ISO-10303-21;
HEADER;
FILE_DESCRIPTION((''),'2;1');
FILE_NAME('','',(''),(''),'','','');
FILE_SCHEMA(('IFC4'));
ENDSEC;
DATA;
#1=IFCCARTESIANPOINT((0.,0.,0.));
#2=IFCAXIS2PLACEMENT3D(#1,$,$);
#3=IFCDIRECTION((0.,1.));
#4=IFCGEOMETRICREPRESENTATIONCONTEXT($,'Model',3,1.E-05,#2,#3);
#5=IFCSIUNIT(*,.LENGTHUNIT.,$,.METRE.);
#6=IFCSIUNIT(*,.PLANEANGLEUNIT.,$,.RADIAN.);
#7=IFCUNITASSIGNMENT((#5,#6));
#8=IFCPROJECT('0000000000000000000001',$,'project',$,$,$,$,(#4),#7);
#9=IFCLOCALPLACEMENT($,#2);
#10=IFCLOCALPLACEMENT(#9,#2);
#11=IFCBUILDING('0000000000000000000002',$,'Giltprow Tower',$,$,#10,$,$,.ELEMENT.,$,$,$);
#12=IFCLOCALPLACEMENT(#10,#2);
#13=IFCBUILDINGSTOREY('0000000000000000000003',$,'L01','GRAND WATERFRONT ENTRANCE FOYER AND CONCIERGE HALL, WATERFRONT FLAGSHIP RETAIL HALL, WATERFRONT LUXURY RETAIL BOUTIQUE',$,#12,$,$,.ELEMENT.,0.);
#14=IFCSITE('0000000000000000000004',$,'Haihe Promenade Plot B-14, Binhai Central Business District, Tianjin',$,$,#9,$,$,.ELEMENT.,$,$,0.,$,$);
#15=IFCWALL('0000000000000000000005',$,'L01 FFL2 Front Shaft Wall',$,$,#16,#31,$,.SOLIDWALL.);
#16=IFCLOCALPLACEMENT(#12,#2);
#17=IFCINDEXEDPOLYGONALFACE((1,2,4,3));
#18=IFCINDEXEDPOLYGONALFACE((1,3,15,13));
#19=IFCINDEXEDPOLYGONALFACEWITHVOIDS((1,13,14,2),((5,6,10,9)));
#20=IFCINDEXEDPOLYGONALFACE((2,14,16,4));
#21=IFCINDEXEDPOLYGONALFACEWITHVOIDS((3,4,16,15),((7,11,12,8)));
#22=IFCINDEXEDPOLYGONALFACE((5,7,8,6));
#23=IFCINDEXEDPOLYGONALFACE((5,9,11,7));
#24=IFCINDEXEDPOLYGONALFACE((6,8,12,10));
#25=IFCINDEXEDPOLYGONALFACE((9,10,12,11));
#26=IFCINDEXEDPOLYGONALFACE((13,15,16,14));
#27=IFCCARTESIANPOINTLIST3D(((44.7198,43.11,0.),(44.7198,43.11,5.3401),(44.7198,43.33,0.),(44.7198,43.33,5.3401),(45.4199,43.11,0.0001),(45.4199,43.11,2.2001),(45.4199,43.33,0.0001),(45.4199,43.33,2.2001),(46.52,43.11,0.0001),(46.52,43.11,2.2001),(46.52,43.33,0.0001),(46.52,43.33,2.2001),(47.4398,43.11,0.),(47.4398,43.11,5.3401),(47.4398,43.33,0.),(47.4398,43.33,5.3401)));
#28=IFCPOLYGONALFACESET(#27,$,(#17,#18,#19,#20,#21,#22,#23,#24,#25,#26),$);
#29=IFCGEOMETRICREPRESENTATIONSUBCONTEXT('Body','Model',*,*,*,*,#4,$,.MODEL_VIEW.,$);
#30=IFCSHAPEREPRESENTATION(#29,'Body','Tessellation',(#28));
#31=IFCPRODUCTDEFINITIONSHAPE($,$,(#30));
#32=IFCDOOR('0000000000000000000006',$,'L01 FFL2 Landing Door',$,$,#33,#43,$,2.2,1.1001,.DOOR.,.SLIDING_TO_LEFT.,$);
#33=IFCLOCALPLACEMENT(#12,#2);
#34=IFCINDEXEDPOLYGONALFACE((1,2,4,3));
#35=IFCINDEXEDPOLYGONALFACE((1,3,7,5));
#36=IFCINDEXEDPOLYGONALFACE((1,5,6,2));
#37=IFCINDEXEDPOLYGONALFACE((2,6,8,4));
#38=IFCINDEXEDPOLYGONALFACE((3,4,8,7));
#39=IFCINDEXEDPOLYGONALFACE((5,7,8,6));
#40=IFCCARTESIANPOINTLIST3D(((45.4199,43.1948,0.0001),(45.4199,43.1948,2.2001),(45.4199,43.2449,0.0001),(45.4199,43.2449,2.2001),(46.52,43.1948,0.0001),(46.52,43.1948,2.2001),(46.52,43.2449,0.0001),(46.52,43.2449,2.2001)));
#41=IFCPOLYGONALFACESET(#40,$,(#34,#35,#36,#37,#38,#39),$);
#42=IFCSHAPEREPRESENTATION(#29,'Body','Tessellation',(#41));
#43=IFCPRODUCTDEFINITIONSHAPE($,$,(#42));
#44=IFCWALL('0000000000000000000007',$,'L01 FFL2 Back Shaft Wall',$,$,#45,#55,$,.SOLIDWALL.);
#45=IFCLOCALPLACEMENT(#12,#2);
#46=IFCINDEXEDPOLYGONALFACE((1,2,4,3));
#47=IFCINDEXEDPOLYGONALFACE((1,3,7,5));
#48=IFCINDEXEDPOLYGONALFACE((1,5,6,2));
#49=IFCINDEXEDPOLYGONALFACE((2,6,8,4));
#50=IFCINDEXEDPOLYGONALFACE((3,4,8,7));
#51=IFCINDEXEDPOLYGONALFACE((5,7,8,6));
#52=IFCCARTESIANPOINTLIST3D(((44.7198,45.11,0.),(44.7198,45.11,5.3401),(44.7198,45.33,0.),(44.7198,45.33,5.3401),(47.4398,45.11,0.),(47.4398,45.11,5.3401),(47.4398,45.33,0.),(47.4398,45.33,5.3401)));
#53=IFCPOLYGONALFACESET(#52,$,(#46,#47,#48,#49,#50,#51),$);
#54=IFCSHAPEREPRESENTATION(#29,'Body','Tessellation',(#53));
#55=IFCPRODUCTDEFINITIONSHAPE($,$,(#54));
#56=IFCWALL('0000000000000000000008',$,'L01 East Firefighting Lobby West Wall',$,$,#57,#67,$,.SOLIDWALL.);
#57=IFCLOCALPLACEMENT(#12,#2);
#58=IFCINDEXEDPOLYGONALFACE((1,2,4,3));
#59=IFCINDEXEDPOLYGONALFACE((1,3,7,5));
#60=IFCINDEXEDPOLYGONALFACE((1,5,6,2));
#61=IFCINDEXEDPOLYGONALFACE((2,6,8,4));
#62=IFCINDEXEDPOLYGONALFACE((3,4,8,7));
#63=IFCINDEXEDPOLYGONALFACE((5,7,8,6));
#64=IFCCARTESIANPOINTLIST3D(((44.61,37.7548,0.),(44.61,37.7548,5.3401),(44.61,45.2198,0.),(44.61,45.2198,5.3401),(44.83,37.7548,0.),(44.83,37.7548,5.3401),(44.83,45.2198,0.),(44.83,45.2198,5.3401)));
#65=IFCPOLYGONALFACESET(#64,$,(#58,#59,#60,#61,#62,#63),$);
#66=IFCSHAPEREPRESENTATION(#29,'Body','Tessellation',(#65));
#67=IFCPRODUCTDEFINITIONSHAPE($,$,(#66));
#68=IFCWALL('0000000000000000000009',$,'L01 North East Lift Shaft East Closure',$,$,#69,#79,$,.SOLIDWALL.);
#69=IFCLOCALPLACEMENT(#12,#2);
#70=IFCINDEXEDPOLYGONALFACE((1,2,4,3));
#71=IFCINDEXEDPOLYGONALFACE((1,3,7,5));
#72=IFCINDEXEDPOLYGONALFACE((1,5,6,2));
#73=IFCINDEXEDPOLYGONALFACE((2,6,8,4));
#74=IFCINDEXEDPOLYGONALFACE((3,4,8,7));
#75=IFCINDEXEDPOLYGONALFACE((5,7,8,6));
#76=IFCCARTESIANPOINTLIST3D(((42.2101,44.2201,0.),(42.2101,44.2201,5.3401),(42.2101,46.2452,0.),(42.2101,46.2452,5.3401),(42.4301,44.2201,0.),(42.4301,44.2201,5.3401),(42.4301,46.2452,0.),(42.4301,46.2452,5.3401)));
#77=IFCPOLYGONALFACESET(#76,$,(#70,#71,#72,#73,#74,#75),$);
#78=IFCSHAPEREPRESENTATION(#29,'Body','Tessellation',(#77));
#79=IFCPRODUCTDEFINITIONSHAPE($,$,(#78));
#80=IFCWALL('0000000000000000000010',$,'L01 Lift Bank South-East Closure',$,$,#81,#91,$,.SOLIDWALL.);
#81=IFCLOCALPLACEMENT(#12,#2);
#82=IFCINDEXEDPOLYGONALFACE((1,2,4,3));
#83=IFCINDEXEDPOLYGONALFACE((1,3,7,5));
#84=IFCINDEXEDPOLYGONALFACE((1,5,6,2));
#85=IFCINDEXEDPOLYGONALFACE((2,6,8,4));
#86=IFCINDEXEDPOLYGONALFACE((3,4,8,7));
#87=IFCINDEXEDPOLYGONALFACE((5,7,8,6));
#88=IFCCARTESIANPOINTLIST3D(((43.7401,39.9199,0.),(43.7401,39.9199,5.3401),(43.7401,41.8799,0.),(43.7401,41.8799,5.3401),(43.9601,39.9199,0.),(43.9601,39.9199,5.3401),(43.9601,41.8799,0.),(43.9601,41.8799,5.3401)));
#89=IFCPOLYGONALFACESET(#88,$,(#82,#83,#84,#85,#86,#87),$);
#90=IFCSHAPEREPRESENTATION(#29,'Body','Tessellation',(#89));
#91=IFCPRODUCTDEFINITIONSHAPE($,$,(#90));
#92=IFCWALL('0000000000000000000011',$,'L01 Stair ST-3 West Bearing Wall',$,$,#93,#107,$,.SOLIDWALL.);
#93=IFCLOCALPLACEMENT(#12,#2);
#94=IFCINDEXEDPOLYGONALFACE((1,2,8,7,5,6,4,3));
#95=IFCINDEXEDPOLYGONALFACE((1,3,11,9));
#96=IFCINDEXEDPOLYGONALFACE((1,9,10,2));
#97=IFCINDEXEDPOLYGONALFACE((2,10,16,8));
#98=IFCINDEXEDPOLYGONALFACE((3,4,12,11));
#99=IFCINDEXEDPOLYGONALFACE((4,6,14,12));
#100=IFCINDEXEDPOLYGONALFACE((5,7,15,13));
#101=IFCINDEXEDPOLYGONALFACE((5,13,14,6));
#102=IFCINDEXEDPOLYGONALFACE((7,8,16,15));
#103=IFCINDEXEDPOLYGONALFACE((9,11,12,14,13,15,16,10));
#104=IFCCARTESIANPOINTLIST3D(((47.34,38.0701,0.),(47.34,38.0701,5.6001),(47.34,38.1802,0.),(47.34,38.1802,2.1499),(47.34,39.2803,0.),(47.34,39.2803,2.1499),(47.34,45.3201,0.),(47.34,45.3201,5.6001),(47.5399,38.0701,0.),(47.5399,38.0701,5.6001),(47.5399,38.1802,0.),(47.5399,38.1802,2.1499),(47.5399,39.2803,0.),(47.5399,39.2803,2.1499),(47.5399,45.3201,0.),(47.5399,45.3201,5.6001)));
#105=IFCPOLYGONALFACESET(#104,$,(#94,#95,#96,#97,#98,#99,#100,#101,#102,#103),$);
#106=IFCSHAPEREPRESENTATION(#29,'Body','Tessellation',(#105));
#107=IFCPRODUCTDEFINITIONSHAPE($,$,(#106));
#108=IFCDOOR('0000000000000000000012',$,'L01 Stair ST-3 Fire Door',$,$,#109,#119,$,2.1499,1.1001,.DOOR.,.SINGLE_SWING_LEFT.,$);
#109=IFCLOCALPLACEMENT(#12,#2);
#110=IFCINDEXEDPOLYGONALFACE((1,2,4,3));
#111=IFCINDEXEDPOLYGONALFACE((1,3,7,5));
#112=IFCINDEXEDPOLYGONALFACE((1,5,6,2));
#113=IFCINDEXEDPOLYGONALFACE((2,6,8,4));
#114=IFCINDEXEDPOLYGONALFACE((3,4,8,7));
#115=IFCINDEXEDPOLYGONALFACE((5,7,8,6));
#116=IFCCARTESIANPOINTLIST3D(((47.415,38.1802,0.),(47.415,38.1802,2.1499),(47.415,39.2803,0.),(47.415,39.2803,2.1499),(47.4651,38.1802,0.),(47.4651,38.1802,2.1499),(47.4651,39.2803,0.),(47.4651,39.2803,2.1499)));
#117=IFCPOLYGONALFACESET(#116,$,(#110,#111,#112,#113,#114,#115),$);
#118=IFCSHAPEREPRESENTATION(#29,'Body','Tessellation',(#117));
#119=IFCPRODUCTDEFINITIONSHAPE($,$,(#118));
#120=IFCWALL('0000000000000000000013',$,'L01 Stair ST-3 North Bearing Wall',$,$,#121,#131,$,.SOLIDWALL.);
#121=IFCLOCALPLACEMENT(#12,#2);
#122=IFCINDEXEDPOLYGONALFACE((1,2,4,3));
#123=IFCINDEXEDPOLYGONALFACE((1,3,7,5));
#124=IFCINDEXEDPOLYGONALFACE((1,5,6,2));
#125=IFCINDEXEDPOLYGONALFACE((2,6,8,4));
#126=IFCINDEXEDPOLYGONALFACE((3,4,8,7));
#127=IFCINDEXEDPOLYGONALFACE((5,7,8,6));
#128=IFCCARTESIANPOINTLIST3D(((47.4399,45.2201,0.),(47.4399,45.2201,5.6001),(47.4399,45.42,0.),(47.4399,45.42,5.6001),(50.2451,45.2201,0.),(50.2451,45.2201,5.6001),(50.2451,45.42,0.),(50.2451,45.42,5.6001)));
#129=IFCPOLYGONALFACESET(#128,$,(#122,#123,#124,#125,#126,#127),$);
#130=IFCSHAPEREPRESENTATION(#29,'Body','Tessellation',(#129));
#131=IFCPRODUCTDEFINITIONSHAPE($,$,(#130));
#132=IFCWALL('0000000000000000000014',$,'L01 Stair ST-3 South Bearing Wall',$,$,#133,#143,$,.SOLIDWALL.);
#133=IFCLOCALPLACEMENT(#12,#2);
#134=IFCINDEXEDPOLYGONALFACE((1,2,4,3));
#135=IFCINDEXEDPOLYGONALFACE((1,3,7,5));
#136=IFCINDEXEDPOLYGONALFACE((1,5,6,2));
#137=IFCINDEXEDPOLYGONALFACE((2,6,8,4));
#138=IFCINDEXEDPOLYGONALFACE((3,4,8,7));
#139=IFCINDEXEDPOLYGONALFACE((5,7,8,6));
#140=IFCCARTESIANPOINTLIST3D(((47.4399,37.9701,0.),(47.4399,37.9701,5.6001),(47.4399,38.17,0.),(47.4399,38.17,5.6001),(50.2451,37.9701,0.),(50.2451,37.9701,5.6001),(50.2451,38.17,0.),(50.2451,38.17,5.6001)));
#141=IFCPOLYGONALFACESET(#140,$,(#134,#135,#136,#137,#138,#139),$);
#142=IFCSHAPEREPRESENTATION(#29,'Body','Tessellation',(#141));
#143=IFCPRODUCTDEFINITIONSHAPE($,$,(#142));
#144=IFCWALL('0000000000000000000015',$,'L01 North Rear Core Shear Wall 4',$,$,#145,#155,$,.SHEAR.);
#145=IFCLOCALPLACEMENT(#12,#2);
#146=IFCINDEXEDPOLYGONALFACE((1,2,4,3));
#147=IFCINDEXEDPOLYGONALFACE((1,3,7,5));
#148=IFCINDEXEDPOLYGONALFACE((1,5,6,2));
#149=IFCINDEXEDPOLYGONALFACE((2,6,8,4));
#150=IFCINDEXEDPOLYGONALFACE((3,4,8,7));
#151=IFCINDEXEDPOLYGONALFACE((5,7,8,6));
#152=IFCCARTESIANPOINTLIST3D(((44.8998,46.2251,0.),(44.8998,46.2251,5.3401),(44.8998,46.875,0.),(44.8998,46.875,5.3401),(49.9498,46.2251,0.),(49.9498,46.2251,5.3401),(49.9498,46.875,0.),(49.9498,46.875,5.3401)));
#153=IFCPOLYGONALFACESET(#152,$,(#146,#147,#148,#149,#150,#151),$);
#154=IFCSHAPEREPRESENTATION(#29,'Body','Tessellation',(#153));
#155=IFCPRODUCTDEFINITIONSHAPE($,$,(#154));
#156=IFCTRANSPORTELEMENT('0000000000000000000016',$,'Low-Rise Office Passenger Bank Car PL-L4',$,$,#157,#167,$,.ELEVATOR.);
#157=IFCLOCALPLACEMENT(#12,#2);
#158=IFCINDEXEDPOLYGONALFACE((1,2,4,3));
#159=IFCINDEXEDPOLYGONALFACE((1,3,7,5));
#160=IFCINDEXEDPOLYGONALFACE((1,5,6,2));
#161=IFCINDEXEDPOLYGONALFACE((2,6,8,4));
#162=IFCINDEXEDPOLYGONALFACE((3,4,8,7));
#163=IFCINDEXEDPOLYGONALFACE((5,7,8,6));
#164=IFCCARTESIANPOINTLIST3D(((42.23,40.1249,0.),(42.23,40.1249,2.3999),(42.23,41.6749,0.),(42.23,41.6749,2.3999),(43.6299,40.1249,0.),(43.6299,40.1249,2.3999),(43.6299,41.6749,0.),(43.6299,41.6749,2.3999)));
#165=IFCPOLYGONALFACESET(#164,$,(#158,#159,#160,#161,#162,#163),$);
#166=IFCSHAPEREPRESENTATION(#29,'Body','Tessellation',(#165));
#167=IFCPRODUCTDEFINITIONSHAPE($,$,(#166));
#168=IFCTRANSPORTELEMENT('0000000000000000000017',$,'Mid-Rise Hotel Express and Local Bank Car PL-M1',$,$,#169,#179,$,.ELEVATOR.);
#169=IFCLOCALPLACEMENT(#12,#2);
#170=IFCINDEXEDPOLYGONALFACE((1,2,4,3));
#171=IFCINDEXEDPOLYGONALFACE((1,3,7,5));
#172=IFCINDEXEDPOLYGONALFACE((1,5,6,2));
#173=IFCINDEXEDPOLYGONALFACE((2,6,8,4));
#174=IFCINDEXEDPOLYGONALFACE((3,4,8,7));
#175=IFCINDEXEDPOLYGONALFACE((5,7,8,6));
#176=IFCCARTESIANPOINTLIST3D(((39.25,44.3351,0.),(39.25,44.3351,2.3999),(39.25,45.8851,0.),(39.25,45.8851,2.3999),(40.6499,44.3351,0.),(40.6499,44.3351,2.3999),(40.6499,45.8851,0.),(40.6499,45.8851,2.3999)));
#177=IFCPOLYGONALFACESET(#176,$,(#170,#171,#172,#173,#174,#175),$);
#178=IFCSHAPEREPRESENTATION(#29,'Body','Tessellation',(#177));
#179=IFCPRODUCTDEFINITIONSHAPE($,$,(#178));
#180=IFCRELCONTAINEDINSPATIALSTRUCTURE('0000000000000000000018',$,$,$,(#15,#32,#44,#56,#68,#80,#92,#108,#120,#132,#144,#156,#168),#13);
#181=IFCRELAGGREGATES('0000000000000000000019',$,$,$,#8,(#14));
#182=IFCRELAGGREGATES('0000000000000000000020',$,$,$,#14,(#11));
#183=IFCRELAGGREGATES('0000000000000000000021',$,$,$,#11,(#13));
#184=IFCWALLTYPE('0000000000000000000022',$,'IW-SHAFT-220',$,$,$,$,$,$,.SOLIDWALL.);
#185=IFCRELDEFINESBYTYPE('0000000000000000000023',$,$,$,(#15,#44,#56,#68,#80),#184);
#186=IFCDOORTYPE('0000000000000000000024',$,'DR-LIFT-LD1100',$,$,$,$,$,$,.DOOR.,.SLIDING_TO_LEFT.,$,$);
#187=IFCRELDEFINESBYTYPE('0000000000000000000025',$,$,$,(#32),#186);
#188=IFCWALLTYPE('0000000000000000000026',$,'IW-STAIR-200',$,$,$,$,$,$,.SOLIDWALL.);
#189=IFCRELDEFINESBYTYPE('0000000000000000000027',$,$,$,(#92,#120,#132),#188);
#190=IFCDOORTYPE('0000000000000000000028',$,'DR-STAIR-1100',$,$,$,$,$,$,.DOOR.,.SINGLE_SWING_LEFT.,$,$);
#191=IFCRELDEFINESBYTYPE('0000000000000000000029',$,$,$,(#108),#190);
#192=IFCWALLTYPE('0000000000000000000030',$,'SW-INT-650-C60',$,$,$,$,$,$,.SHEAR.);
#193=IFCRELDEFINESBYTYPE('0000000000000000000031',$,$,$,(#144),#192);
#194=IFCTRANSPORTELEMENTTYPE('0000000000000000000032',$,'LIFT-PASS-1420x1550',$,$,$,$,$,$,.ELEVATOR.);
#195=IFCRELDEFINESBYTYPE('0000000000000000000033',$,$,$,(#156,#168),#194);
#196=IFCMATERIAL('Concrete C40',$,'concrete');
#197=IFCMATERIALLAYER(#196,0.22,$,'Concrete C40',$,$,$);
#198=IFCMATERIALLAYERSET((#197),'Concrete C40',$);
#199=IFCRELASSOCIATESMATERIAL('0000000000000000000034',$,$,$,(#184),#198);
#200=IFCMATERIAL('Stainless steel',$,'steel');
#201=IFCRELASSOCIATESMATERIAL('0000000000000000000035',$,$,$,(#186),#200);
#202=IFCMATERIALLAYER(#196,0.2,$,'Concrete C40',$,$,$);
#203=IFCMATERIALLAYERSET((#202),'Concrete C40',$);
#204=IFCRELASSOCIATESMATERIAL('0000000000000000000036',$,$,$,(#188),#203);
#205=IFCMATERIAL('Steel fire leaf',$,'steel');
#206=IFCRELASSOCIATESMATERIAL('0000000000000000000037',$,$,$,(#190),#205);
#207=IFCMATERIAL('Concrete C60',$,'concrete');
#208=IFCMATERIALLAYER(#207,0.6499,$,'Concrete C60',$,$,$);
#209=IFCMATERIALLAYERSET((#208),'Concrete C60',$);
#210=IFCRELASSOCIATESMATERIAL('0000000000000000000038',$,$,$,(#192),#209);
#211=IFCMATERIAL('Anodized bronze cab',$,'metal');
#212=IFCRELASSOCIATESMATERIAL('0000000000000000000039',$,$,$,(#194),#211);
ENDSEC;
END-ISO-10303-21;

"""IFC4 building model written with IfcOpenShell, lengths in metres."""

from ifc_helpers import new_model, si_unit, direction, frame, frame_2d, origin, origin_2d, place, context, subcontext, project, spatial, rectangle, extrude, source, transform, mapped, material, layer, layer_set, type_object, element, fill, save


model = new_model("IFC4")

# Units and contexts
model_context = context("Model", 3, precision=1e-05, world=origin(), true_north=direction((0.0, 1.0)))
body_context = subcontext(model_context, "Body", "Model", "MODEL_VIEW")
ifc_project = project(units=[si_unit("LENGTHUNIT", "METRE"), si_unit("PLANEANGLEUNIT", "RADIAN")], contexts=[model_context])

# Site, building, storey
site_placement = place(None, origin())
site = spatial("IfcSite", under=ifc_project, at=site_placement, Name="Haihe Promenade Plot B-14, Binhai Central Business District, Tianjin", CompositionType="ELEMENT", RefElevation=0.0)
building_placement = place(site_placement, origin())
building = spatial("IfcBuilding", under=site, at=building_placement, Name="Giltprow Tower", CompositionType="ELEMENT")
storey_placement = place(building_placement, origin())
storey = spatial("IfcBuildingStorey", under=building, at=storey_placement, Name="L01", Description="GRAND WATERFRONT ENTRANCE FOYER AND CONCIERGE HALL, WATERFRONT FLAGSHIP RETAIL HALL, WATERFRONT LUXURY RETAIL BOUTIQUE", CompositionType="ELEMENT", Elevation=0.0)

# Shared definitions
ifc_material_1 = material(Name="Concrete C60", Category="concrete")

# Wall, opening, door
ifc_material_2 = material(Name="Concrete C40", Category="concrete")
ifc_layer_1 = layer(ifc_material_2, 0.22, Name="Concrete C40")
ifc_layer_set_1 = layer_set([ifc_layer_1], Name="Concrete C40")
wall_type_1 = type_object("IfcWallType", Name="IW-SHAFT-220", PredefinedType="SOLIDWALL", material=ifc_layer_set_1)
wall_1_placement = place(storey_placement, frame((44.72, 43.22, 0.0), z_axis=(0.0, 0.0, 1.0), x_axis=(1.0, 0.0, 0.0)))
wall_1 = element("IfcWall", 1, at=wall_1_placement, inside=storey, type_object=wall_type_1, Name="L01 FFL2 Front Shaft Wall", PredefinedType="SOLIDWALL", context=body_context, shape_type="SweptSolid", body=[
    extrude(rectangle(XDim=2.72, YDim=0.22, at=frame_2d((1.3599, 0.0))), origin(), (0.0, 0.0, 1.0), 5.3401),
])
opening_1_placement = place(wall_1_placement, frame((0.7, 0.0, 0.0)))
opening_1 = element("IfcOpeningElement", 2, at=opening_1_placement, cuts=wall_1, PredefinedType="OPENING", context=body_context, shape_type="SweptSolid", body=[
    extrude(rectangle(XDim=1.1001, YDim=2.2, at=frame_2d((0.55, 1.1001))), frame((0.0, 0.1199, 0.0), z_axis=(0.0, -1.0, 0.0), x_axis=(1.0, 0.0, 0.0)), (0.0, 0.0, 1.0), 0.24),
])
ifc_material_3 = material(Name="Stainless steel", Category="steel")
door_type_1 = type_object("IfcDoorType", Name="DR-LIFT-LD1100", OperationType="SLIDING_TO_LEFT", PredefinedType="DOOR", material=ifc_material_3)
shared_shape_1 = source(origin(), body_context, "Body", "SweptSolid", [
    extrude(rectangle(XDim=1.1001, YDim=2.2, at=frame_2d((0.55, 1.1001))), frame((0.0, 0.0249, 0.0), z_axis=(0.0, -1.0, 0.0), x_axis=(1.0, 0.0, 0.0)), (0.0, 0.0, 1.0), 0.05),
])
door_1_placement = place(opening_1_placement, origin())
door_1 = element("IfcDoor", 3, at=door_1_placement, inside=storey, type_object=door_type_1, Name="L01 FFL2 Landing Door", OperationType="SLIDING_TO_LEFT", OverallHeight=2.2, OverallWidth=1.1001, PredefinedType="DOOR", context=body_context, shape_type="MappedRepresentation", body=[
    mapped(shared_shape_1, transform((0.0, 0.0, 0.0), x_axis=(1.0, 0.0, 0.0), y_axis=(0.0, 1.0, 0.0), z_axis=(0.0, 0.0, 1.0), scale=1.0)),
])
fill(opening_1, door_1)

# Walls
wall_2_placement = place(storey_placement, frame((44.72, 45.22, 0.0), z_axis=(0.0, 0.0, 1.0), x_axis=(1.0, 0.0, 0.0)))
element("IfcWall", 4, at=wall_2_placement, inside=storey, type_object=wall_type_1, Name="L01 FFL2 Back Shaft Wall", PredefinedType="SOLIDWALL", context=body_context, shape_type="SweptSolid", body=[
    extrude(rectangle(XDim=2.72, YDim=0.22, at=frame_2d((1.3599, 0.0))), origin(), (0.0, 0.0, 1.0), 5.3401),
])
wall_3_placement = place(storey_placement, frame((44.72, 37.7549, 0.0), z_axis=(0.0, 0.0, 1.0), x_axis=(0.0, 1.0, 0.0)))
element("IfcWall", 5, at=wall_3_placement, inside=storey, type_object=wall_type_1, Name="L01 East Firefighting Lobby West Wall", PredefinedType="SOLIDWALL", context=body_context, shape_type="SweptSolid", body=[
    extrude(rectangle(XDim=7.4651, YDim=0.22, at=frame_2d((3.7324, 0.0))), origin(), (0.0, 0.0, 1.0), 5.3401),
])
wall_4_placement = place(storey_placement, frame((42.3201, 44.22, 0.0), z_axis=(0.0, 0.0, 1.0), x_axis=(0.0, 1.0, 0.0)))
element("IfcWall", 6, at=wall_4_placement, inside=storey, type_object=wall_type_1, Name="L01 North East Lift Shaft East Closure", PredefinedType="SOLIDWALL", context=body_context, shape_type="SweptSolid", body=[
    extrude(rectangle(XDim=2.0251, YDim=0.22, at=frame_2d((1.0127, 0.0))), origin(), (0.0, 0.0, 1.0), 5.3401),
])
wall_5_placement = place(storey_placement, frame((43.8501, 39.9199, 0.0), z_axis=(0.0, 0.0, 1.0), x_axis=(0.0, 1.0, 0.0)))
element("IfcWall", 7, at=wall_5_placement, inside=storey, type_object=wall_type_1, Name="L01 Lift Bank South-East Closure", PredefinedType="SOLIDWALL", context=body_context, shape_type="SweptSolid", body=[
    extrude(rectangle(XDim=1.96, YDim=0.22, at=frame_2d((0.98, 0.0))), origin(), (0.0, 0.0, 1.0), 5.3401),
])

# Wall, opening, door
ifc_layer_2 = layer(ifc_material_2, 0.2, Name="Concrete C40")
ifc_layer_set_2 = layer_set([ifc_layer_2], Name="Concrete C40")
wall_type_2 = type_object("IfcWallType", Name="IW-STAIR-200", PredefinedType="SOLIDWALL", material=ifc_layer_set_2)
wall_6_placement = place(storey_placement, frame((47.4399, 38.0701, 0.0), z_axis=(0.0, 0.0, 1.0), x_axis=(0.0, 1.0, 0.0)))
wall_6 = element("IfcWall", 8, at=wall_6_placement, inside=storey, type_object=wall_type_2, Name="L01 Stair ST-3 West Bearing Wall", PredefinedType="SOLIDWALL", context=body_context, shape_type="SweptSolid", body=[
    extrude(rectangle(XDim=7.25, YDim=0.2, at=frame_2d((3.625, 0.0))), origin(), (0.0, 0.0, 1.0), 5.6001),
])
opening_2_placement = place(wall_6_placement, frame((0.1101, 0.0, 0.0)))
opening_2 = element("IfcOpeningElement", 9, at=opening_2_placement, cuts=wall_6, PredefinedType="OPENING", context=body_context, shape_type="SweptSolid", body=[
    extrude(rectangle(XDim=1.1001, YDim=2.1499, at=frame_2d((0.55, 1.075))), frame((0.0, 0.1099, 0.0), z_axis=(0.0, -1.0, 0.0), x_axis=(1.0, 0.0, 0.0)), (0.0, 0.0, 1.0), 0.22),
])
ifc_material_4 = material(Name="Steel fire leaf", Category="steel")
door_type_2 = type_object("IfcDoorType", Name="DR-STAIR-1100", OperationType="SINGLE_SWING_LEFT", PredefinedType="DOOR", material=ifc_material_4)
shared_shape_2 = source(origin(), body_context, "Body", "SweptSolid", [
    extrude(rectangle(XDim=1.1001, YDim=2.1499, at=frame_2d((0.55, 1.075))), frame((0.0, 0.0249, 0.0), z_axis=(0.0, -1.0, 0.0), x_axis=(1.0, 0.0, 0.0)), (0.0, 0.0, 1.0), 0.05),
])
door_2_placement = place(opening_2_placement, origin())
door_2 = element("IfcDoor", 10, at=door_2_placement, inside=storey, type_object=door_type_2, Name="L01 Stair ST-3 Fire Door", OperationType="SINGLE_SWING_LEFT", OverallHeight=2.1499, OverallWidth=1.1001, PredefinedType="DOOR", context=body_context, shape_type="MappedRepresentation", body=[
    mapped(shared_shape_2, transform((0.0, 0.0, 0.0), x_axis=(1.0, 0.0, 0.0), y_axis=(0.0, 1.0, 0.0), z_axis=(0.0, 0.0, 1.0), scale=1.0)),
])
fill(opening_2, door_2)

# Walls
for number, where, z_axis, x_axis, name in (
    (11, (47.4399, 45.3201, 0.0), (0.0, 0.0, 1.0), (1.0, 0.0, 0.0), "L01 Stair ST-3 North Bearing Wall"),
    (12, (47.4399, 38.0701, 0.0), (0.0, 0.0, 1.0), (1.0, 0.0, 0.0), "L01 Stair ST-3 South Bearing Wall"),
):
    element("IfcWall", number, at=place(storey_placement, frame(where, z_axis=z_axis, x_axis=x_axis)), inside=storey, type_object=wall_type_2, Name=name, PredefinedType="SOLIDWALL", context=body_context, shape_type="SweptSolid", body=[
        extrude(rectangle(XDim=2.8052, YDim=0.2, at=frame_2d((1.4026, 0.0))), origin(), (0.0, 0.0, 1.0), 5.6001),
    ])
ifc_layer_3 = layer(ifc_material_1, 0.6499, Name="Concrete C60")
ifc_layer_set_3 = layer_set([ifc_layer_3], Name="Concrete C60")
wall_type_3 = type_object("IfcWallType", Name="SW-INT-650-C60", PredefinedType="SHEAR", material=ifc_layer_set_3)
wall_7_placement = place(storey_placement, frame((44.8999, 46.55, 0.0), z_axis=(0.0, 0.0, 1.0), x_axis=(1.0, 0.0, 0.0)))
element("IfcWall", 13, at=wall_7_placement, inside=storey, type_object=wall_type_3, Name="L01 North Rear Core Shear Wall 4", PredefinedType="SHEAR", context=body_context, shape_type="SweptSolid", body=[
    extrude(rectangle(XDim=5.05, YDim=0.6499, at=frame_2d((2.5249, 0.0))), origin(), (0.0, 0.0, 1.0), 5.3401),
])

# Transport elements
ifc_material_5 = material(Name="Anodized bronze cab", Category="metal")
transport_element_type = type_object("IfcTransportElementType", Name="LIFT-PASS-1420x1550", PredefinedType="ELEVATOR", material=ifc_material_5)
shared_shape_3 = source(origin(), body_context, "Body", "SweptSolid", [
    extrude(rectangle(XDim=1.3999, YDim=1.55, at=origin_2d()), origin(), (0.0, 0.0, 1.0), 2.3999),
])
for number, where, z_axis, x_axis, name in (
    (14, (42.9299, 40.8999, 0.0), (0.0, 0.0, 1.0), (1.0, 0.0, 0.0), "Low-Rise Office Passenger Bank Car PL-L4"),
    (15, (39.95, 45.1101, 0.0), (0.0, 0.0, 1.0), (1.0, 0.0, 0.0), "Mid-Rise Hotel Express and Local Bank Car PL-M1"),
):
    element("IfcTransportElement", number, at=place(storey_placement, frame(where, z_axis=z_axis, x_axis=x_axis)), inside=storey, type_object=transport_element_type, Name=name, PredefinedType="ELEVATOR", context=body_context, shape_type="MappedRepresentation", body=[
        mapped(shared_shape_3, transform((0.0, 0.0, 0.0), x_axis=(1.0, 0.0, 0.0), y_axis=(0.0, 1.0, 0.0), z_axis=(0.0, 0.0, 1.0), scale=1.0)),
    ])

save(model, "model.ifc")
